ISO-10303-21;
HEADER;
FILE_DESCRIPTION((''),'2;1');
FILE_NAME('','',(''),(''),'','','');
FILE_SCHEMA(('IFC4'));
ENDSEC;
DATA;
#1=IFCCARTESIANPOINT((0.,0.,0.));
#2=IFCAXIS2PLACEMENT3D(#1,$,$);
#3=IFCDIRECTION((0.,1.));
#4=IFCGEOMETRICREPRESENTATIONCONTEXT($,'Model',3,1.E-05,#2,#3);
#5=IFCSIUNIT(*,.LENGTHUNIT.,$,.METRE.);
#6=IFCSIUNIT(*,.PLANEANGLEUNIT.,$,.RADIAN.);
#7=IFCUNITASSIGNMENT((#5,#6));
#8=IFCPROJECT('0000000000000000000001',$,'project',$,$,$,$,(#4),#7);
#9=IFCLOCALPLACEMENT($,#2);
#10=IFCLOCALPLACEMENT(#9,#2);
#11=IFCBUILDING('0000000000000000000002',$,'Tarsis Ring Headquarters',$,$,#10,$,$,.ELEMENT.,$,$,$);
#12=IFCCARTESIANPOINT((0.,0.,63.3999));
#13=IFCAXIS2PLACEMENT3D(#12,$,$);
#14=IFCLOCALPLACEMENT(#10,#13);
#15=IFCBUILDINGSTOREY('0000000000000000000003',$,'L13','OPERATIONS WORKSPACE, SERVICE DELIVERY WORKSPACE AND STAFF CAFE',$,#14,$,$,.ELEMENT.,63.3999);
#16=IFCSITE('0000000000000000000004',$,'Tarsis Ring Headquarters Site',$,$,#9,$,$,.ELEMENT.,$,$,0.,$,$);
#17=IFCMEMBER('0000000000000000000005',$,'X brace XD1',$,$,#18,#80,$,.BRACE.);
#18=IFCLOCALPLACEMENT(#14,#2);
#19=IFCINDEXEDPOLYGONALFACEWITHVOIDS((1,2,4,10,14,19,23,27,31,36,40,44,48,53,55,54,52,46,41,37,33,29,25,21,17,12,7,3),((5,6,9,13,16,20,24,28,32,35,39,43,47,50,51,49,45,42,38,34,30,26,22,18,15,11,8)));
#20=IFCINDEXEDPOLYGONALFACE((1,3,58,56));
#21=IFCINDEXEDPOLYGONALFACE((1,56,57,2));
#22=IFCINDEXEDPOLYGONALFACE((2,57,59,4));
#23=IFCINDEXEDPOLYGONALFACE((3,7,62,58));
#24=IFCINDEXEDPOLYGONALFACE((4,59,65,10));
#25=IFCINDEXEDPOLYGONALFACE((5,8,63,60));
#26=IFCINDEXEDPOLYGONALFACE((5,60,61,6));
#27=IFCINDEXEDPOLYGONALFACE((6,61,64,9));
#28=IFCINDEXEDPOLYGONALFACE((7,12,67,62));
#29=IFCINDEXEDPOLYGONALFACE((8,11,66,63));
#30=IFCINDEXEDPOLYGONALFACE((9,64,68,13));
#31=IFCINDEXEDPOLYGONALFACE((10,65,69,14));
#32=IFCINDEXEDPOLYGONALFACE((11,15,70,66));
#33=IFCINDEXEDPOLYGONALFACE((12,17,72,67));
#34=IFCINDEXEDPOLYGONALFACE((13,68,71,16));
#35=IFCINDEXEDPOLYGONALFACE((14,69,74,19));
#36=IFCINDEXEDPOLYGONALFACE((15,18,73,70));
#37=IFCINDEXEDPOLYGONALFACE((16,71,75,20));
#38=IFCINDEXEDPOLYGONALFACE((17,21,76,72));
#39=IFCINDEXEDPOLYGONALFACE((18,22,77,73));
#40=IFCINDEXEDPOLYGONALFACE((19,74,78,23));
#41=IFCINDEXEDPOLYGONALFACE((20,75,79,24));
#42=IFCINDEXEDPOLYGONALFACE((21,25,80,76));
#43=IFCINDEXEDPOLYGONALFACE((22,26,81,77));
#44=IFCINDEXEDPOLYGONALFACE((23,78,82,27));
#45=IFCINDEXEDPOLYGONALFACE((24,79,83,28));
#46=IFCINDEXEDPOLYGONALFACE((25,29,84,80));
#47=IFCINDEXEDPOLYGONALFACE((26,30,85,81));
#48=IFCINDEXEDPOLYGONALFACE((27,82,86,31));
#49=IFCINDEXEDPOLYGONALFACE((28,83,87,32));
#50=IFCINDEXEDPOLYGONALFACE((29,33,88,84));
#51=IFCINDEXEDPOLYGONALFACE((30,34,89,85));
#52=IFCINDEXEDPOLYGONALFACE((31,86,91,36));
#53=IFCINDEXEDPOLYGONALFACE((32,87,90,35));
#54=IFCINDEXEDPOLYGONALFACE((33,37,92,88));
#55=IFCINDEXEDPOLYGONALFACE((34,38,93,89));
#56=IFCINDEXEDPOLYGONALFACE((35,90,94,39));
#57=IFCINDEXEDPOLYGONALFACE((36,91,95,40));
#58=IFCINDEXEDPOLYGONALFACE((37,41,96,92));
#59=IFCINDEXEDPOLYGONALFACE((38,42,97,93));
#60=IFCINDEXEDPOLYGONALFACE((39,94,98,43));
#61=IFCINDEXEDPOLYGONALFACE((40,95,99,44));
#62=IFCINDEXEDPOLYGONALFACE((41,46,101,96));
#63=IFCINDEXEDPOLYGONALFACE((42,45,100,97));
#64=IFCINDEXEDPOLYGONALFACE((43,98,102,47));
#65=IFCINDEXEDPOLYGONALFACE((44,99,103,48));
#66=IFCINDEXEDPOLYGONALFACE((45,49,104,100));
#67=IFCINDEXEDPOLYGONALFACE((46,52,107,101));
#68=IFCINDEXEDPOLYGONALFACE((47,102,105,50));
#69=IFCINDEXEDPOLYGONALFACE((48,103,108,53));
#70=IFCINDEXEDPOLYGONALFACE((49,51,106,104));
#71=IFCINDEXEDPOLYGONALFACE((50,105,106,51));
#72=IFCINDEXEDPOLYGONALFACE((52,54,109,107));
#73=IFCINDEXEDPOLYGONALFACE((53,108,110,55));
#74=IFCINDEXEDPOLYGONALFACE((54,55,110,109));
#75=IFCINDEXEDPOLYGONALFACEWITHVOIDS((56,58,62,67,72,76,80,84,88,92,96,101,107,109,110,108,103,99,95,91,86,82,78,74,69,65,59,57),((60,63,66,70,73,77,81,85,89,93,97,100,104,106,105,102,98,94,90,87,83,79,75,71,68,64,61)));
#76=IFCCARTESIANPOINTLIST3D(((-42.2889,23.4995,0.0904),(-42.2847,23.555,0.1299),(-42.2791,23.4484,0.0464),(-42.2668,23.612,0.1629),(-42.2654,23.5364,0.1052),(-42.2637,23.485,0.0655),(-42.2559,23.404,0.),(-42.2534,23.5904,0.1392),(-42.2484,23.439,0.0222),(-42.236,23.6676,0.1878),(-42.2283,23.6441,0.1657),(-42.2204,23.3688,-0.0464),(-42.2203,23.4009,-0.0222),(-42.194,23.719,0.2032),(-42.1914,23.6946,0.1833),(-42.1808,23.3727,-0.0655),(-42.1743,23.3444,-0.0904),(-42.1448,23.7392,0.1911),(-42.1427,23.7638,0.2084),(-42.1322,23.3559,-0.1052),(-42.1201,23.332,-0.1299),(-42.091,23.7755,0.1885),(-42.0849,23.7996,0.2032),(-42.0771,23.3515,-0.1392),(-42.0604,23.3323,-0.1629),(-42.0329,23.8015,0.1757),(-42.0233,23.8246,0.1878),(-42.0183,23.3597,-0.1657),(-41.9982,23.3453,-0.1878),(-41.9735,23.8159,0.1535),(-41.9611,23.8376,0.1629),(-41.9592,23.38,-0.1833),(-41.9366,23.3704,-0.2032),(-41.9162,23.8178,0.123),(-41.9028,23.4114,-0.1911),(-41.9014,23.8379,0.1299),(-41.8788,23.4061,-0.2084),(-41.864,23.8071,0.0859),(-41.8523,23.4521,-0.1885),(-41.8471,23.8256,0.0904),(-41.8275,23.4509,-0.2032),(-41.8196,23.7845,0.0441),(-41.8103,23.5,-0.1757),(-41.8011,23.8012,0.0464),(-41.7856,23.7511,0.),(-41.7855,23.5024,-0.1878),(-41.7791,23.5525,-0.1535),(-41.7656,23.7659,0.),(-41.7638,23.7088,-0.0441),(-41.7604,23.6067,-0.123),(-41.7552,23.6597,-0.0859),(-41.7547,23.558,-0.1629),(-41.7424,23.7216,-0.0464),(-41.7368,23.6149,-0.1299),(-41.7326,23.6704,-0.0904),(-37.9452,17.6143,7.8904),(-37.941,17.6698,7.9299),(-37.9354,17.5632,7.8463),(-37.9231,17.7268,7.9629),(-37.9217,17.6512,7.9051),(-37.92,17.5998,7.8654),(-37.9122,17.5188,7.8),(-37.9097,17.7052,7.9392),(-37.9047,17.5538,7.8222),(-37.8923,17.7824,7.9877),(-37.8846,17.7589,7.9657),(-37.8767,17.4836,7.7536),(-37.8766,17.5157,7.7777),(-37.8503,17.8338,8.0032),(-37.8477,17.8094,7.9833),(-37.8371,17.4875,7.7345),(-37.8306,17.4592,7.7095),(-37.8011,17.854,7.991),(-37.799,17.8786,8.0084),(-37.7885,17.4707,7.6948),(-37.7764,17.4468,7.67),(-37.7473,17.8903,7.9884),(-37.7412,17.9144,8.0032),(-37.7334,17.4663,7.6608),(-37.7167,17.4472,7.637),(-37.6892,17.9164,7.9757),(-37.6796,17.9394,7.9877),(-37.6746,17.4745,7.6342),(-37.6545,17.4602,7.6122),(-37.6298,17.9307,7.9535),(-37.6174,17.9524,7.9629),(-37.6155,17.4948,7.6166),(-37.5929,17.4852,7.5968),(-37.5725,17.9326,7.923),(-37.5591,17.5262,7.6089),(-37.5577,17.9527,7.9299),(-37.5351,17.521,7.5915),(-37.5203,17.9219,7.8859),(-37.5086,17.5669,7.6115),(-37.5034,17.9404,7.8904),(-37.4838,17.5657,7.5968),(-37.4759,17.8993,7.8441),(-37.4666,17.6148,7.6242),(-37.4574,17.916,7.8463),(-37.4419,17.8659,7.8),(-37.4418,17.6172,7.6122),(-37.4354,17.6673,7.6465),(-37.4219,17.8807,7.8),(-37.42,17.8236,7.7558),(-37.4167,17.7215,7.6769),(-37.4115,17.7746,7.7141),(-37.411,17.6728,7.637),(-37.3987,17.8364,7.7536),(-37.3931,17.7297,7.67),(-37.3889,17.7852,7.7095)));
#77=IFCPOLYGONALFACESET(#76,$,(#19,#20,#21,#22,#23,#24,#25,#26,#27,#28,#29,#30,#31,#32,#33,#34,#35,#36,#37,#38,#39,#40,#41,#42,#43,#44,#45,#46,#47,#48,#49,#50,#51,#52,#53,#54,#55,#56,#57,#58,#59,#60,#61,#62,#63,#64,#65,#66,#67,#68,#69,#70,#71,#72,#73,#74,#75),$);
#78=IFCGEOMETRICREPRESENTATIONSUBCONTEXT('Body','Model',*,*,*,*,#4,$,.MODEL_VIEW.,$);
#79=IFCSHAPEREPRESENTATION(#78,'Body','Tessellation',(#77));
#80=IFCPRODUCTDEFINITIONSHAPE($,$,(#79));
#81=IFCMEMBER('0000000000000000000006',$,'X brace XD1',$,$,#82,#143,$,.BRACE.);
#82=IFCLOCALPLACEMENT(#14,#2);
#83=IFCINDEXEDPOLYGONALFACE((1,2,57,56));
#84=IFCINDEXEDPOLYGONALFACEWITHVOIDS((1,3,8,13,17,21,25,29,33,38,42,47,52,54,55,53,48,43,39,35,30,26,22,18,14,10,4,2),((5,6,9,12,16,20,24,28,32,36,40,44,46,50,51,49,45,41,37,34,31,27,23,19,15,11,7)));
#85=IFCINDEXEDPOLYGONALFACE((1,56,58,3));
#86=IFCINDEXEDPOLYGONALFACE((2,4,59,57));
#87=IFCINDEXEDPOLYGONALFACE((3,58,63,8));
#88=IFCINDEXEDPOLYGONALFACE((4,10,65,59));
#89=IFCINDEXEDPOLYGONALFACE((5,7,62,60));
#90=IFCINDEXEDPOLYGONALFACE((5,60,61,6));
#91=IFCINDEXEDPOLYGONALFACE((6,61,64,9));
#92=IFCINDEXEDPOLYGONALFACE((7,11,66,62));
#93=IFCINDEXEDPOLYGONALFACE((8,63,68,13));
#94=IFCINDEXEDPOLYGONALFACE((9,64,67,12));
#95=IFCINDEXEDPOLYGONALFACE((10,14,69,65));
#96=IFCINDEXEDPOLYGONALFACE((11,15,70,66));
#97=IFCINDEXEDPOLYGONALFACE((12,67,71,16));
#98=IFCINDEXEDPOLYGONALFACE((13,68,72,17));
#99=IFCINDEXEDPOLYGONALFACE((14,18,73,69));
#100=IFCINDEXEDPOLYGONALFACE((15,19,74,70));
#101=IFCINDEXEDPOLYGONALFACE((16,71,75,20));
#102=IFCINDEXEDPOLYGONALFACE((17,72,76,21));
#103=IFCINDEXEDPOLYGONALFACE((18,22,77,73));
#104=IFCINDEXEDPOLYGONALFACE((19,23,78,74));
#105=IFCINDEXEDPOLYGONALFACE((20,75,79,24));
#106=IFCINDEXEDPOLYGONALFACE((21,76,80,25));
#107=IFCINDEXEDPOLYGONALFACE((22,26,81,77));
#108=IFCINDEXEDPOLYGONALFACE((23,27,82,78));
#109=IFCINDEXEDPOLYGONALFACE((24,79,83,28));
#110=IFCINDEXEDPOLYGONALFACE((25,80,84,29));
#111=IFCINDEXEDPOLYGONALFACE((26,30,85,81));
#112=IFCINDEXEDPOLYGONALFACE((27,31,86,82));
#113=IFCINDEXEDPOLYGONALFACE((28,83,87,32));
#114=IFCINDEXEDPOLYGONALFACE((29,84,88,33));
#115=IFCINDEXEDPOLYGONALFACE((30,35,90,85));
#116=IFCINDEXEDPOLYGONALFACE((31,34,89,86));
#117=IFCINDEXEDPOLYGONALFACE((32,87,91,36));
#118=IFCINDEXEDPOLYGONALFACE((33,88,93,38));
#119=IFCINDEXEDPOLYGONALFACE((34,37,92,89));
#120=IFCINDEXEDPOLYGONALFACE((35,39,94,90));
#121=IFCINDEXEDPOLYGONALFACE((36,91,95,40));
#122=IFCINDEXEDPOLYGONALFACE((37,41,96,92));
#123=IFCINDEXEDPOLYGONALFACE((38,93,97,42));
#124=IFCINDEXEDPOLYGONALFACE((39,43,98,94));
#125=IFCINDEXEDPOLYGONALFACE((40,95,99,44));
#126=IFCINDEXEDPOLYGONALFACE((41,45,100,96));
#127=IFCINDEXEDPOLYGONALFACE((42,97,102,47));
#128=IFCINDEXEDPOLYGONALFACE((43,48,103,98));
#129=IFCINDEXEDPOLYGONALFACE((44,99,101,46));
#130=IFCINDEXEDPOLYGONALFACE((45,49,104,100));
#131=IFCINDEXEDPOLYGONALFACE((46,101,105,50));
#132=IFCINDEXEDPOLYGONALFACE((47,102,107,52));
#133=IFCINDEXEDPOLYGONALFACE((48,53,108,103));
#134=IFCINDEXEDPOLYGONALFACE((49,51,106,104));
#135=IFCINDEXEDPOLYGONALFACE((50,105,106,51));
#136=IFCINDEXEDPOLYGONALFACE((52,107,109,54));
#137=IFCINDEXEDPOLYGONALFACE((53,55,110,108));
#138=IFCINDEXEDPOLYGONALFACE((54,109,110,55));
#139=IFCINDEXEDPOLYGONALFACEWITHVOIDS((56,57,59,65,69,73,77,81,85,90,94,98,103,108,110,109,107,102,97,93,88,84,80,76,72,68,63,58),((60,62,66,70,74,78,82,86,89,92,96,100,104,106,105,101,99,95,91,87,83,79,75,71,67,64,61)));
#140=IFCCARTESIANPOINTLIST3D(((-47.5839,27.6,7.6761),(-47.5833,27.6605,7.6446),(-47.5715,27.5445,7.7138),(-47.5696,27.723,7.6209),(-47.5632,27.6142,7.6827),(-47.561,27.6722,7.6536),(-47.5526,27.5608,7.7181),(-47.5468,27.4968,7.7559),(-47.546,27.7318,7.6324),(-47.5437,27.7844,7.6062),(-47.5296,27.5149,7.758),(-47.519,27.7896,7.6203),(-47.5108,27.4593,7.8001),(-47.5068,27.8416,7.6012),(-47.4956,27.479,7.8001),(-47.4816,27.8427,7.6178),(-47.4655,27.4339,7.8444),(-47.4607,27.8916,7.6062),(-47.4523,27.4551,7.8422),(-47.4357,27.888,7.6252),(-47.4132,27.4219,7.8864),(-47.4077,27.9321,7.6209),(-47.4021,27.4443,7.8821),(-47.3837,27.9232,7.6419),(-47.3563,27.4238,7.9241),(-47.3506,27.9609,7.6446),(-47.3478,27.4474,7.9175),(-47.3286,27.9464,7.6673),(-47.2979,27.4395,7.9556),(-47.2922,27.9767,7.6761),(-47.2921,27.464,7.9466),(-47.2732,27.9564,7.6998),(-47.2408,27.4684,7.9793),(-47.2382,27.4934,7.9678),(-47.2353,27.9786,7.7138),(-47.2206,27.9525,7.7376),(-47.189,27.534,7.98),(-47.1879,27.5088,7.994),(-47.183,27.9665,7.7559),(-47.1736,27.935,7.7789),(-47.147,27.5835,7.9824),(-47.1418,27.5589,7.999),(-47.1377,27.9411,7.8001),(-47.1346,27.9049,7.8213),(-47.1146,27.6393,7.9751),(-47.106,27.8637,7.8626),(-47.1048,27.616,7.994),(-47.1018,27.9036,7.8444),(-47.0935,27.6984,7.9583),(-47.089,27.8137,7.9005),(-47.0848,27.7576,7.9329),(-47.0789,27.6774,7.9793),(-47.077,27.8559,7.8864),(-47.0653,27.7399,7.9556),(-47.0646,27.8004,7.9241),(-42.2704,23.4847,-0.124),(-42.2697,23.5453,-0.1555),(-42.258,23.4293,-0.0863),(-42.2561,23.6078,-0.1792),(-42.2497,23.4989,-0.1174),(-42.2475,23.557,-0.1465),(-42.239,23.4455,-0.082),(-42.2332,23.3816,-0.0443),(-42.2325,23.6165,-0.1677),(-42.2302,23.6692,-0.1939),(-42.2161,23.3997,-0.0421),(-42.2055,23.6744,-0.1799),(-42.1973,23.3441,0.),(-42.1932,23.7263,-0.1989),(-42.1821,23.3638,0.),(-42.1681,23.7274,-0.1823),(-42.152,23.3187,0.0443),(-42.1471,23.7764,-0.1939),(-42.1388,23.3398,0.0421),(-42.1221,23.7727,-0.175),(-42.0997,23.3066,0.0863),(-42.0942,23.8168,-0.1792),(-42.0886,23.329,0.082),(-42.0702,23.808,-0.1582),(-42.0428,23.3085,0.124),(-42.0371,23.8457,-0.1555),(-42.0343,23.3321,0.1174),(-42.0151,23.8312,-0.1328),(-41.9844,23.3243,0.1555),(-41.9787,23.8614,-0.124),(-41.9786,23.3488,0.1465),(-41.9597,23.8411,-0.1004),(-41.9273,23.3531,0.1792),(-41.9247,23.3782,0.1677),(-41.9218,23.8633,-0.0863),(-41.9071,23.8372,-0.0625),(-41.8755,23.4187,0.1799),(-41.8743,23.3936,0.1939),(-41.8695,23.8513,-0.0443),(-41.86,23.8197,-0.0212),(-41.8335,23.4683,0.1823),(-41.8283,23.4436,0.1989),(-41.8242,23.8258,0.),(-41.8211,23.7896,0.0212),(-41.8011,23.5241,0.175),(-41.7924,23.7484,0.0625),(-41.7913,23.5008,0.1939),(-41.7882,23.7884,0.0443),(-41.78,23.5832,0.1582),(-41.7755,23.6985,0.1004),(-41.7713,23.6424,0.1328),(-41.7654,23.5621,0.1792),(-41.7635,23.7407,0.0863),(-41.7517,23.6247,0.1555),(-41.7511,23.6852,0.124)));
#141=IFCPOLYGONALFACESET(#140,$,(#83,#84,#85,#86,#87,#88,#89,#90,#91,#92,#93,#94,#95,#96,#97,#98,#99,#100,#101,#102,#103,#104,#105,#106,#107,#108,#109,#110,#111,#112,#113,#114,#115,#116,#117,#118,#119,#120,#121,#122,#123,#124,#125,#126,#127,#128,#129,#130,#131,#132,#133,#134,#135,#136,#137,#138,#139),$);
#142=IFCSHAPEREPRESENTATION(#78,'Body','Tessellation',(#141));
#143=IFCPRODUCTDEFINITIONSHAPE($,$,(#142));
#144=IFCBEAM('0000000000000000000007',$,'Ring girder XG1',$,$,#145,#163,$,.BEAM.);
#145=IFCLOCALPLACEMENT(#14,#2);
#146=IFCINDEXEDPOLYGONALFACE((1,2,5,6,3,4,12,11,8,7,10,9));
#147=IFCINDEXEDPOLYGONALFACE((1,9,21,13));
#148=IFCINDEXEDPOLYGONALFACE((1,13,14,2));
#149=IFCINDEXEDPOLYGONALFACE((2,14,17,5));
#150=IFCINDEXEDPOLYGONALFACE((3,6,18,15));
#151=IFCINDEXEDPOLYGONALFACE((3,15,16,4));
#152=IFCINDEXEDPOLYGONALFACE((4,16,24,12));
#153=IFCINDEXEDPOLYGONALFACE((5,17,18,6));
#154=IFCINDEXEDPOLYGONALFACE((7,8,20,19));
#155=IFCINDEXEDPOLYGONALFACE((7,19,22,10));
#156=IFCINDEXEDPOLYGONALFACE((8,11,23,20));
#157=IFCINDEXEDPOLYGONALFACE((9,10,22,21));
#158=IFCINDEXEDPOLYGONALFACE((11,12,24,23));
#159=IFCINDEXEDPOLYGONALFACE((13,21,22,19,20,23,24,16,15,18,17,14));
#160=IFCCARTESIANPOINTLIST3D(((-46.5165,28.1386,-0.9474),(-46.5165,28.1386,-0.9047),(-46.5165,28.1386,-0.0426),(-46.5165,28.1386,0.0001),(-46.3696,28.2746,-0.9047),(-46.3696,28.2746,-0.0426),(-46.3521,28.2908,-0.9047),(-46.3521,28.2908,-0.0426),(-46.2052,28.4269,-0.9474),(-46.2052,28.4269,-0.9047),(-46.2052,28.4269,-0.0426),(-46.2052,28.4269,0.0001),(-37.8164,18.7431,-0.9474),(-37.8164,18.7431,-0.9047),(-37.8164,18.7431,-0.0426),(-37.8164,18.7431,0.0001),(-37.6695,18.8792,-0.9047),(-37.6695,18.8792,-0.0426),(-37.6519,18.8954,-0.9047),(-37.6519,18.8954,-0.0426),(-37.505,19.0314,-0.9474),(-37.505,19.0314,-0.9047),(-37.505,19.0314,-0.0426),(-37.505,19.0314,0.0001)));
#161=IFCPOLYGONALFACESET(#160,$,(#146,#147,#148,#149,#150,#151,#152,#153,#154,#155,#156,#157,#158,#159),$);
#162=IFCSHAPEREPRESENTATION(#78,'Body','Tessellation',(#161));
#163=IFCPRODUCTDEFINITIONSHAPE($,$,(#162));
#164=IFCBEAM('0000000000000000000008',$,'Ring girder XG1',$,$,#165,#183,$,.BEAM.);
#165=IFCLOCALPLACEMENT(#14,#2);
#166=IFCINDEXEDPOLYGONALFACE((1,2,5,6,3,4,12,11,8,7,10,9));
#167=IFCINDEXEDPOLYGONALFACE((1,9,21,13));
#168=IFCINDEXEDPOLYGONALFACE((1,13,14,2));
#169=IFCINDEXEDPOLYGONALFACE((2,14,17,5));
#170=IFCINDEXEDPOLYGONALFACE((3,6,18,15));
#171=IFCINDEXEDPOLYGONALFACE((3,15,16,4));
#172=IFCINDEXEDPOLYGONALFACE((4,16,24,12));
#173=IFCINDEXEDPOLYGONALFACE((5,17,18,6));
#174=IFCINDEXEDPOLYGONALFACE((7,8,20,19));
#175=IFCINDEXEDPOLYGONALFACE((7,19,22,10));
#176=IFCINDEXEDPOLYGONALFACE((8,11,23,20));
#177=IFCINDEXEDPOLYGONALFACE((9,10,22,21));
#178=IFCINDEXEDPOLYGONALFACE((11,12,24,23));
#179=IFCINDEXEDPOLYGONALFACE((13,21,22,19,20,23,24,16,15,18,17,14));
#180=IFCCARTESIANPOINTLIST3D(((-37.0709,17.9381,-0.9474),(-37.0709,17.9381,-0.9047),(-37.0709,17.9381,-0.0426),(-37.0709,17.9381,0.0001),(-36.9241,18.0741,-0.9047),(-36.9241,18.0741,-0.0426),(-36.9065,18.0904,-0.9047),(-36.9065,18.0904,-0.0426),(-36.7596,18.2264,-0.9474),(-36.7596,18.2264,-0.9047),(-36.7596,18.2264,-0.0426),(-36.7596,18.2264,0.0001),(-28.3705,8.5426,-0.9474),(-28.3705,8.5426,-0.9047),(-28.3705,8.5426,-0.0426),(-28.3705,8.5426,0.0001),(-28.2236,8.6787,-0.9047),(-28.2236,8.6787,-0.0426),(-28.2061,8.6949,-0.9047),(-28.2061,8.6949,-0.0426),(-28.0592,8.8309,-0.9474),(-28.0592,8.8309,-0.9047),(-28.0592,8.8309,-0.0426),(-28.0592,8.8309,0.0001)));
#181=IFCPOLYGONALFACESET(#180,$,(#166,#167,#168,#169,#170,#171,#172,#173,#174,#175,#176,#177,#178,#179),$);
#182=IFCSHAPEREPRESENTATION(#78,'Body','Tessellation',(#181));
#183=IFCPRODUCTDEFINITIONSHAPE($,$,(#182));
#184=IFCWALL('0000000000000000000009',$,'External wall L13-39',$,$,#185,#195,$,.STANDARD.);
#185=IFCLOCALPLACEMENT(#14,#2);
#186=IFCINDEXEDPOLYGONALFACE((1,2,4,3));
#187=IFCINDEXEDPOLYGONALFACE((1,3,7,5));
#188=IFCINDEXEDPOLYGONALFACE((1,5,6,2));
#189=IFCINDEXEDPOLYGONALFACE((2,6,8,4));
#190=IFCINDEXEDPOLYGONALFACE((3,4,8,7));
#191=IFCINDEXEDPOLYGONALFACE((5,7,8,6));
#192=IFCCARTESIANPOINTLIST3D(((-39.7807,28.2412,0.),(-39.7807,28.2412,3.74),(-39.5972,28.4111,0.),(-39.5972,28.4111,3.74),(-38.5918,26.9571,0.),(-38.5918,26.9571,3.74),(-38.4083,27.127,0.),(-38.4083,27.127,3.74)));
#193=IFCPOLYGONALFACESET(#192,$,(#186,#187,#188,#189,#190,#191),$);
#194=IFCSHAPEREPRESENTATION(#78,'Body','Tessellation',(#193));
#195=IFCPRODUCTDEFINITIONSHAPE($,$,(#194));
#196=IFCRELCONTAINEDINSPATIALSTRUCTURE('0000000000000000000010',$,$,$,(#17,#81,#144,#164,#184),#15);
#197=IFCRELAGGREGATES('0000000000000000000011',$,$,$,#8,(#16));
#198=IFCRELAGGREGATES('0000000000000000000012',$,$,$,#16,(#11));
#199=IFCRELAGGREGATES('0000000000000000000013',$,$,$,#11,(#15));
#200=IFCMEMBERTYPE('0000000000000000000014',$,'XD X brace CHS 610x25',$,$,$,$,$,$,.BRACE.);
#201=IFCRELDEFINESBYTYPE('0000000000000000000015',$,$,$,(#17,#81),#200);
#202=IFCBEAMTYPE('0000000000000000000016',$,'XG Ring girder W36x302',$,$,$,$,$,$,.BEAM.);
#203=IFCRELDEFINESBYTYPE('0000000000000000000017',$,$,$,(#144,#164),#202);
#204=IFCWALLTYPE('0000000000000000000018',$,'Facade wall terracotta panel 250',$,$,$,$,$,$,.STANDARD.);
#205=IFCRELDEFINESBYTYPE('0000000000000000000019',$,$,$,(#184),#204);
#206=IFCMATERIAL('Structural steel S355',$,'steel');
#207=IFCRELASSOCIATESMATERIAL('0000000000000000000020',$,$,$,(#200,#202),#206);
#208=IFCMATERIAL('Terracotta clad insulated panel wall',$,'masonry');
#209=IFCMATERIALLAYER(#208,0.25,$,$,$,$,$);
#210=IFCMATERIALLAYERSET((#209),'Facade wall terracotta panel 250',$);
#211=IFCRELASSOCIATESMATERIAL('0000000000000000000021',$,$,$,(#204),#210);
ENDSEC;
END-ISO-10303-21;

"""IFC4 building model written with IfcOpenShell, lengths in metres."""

from ifc_helpers import new_model, si_unit, direction, frame, frame_2d, origin, origin_2d, place, context, subcontext, project, spatial, rectangle, hollow_circle, i_section, extrude, material, layer, layer_set, material_profile, profile_set, type_object, element, save


model = new_model("IFC4")

# Units and contexts
model_context = context("Model", 3, precision=1e-05, world=origin(), true_north=direction((0.0, 1.0)))
body_context = subcontext(model_context, "Body", "Model", "MODEL_VIEW")
ifc_project = project(units=[si_unit("LENGTHUNIT", "METRE"), si_unit("PLANEANGLEUNIT", "RADIAN")], contexts=[model_context])

# Site, building, storey
site_placement = place(None, origin())
site = spatial("IfcSite", under=ifc_project, at=site_placement, Name="Tarsis Ring Headquarters Site", CompositionType="ELEMENT", RefElevation=0.0)
building_placement = place(site_placement, origin())
building = spatial("IfcBuilding", under=site, at=building_placement, Name="Tarsis Ring Headquarters", CompositionType="ELEMENT")
storey_placement = place(building_placement, frame((0.0, 0.0, 63.3999)))
storey = spatial("IfcBuildingStorey", under=building, at=storey_placement, Name="L13", Description="OPERATIONS WORKSPACE, SERVICE DELIVERY WORKSPACE AND STAFF CAFE", CompositionType="ELEMENT", Elevation=63.3999)

# Members
ifc_material_1 = material(Name="Structural steel S355", Category="steel")
ifc_material_profile_1 = material_profile(ifc_material_1, hollow_circle(Radius=0.3047, WallThickness=0.0249, at=origin_2d()), Name="CHS 610x25")
ifc_profile_set_1 = profile_set([ifc_material_profile_1], Name="Structural steel S355")
member_type = type_object("IfcMemberType", Name="XD X brace CHS 610x25", PredefinedType="BRACE", material=ifc_profile_set_1)
member_1_placement = place(storey_placement, frame((-42.0107, 23.585, 0.0), z_axis=(0.406215, -0.550372, 0.729438), x_axis=(0.804582, 0.593841, 0.0)))
element("IfcMember", 1, at=member_1_placement, inside=storey, type_object=member_type, Name="X brace XD1", PredefinedType="BRACE", context=body_context, shape_type="SweptSolid", body=[
    extrude(hollow_circle(Radius=0.3047, WallThickness=0.0249, at=origin_2d()), origin(), (0.0, 0.0, 1.0), 10.6931),
])
member_2_placement = place(storey_placement, frame((-42.0107, 23.585, 0.0), z_axis=(-0.516069, 0.39969, 0.757576), x_axis=(-0.61232, -0.79061, 0.0)))
element("IfcMember", 2, at=member_2_placement, inside=storey, type_object=member_type, Name="X brace XD1", PredefinedType="BRACE", context=body_context, shape_type="SweptSolid", body=[
    extrude(hollow_circle(Radius=0.3047, WallThickness=0.0249, at=origin_2d()), origin(), (0.0, 0.0, 1.0), 10.2961),
])

# Beams
ifc_material_profile_2 = material_profile(ifc_material_1, i_section(OverallWidth=0.4243, OverallDepth=0.9475, WebThickness=0.0239, FlangeThickness=0.0427, at=origin_2d()), Name="W36x302")
ifc_profile_set_2 = profile_set([ifc_material_profile_2], Name="Structural steel S355")
beam_type = type_object("IfcBeamType", Name="XG Ring girder W36x302", PredefinedType="BEAM", material=ifc_profile_set_2)
beam_1_placement = place(storey_placement, frame((-46.3608, 28.2827, -0.4736), z_axis=(0.679435, -0.733735, 0.0), x_axis=(0.733735, 0.679435, 0.0)))
element("IfcBeam", 3, at=beam_1_placement, inside=storey, type_object=beam_type, Name="Ring girder XG1", PredefinedType="BEAM", context=body_context, shape_type="SweptSolid", body=[
    extrude(i_section(OverallWidth=0.4243, OverallDepth=0.9475, WebThickness=0.0239, FlangeThickness=0.0427, at=origin_2d()), origin(), (0.0, 0.0, 1.0), 12.8049),
])
beam_2_placement = place(storey_placement, frame((-36.9153, 18.0823, -0.4736), z_axis=(0.679446, -0.733726, 0.0), x_axis=(0.733726, 0.679446, 0.0)))
element("IfcBeam", 4, at=beam_2_placement, inside=storey, type_object=beam_type, Name="Ring girder XG1", PredefinedType="BEAM", context=body_context, shape_type="SweptSolid", body=[
    extrude(i_section(OverallWidth=0.4243, OverallDepth=0.9475, WebThickness=0.0239, FlangeThickness=0.0427, at=origin_2d()), origin(), (0.0, 0.0, 1.0), 12.8052),
])

# Shared definitions
ifc_material_2 = material(Name="Terracotta clad insulated panel wall", Category="masonry")
ifc_layer = layer(ifc_material_2, 0.25)
ifc_layer_set = layer_set([ifc_layer], Name="Facade wall terracotta panel 250")
wall_type = type_object("IfcWallType", Name="Facade wall terracotta panel 250", PredefinedType="STANDARD", material=ifc_layer_set)

# Wall
for number, where, z_axis, x_axis, name in (
    (5, (-39.689, 28.3262, 0.0), (0.0, 0.0, 1.0), (0.67938, -0.733786, 0.0), "External wall L13-39"),
):
    element("IfcWall", number, at=place(storey_placement, frame(where, z_axis=z_axis, x_axis=x_axis)), inside=storey, type_object=wall_type, Name=name, PredefinedType="STANDARD", context=body_context, shape_type="SweptSolid", body=[
        extrude(rectangle(XDim=1.75, YDim=0.25, at=frame_2d((0.875, 0.0))), origin(), (0.0, 0.0, 1.0), 3.74),
    ])

save(model, "model.ifc")
